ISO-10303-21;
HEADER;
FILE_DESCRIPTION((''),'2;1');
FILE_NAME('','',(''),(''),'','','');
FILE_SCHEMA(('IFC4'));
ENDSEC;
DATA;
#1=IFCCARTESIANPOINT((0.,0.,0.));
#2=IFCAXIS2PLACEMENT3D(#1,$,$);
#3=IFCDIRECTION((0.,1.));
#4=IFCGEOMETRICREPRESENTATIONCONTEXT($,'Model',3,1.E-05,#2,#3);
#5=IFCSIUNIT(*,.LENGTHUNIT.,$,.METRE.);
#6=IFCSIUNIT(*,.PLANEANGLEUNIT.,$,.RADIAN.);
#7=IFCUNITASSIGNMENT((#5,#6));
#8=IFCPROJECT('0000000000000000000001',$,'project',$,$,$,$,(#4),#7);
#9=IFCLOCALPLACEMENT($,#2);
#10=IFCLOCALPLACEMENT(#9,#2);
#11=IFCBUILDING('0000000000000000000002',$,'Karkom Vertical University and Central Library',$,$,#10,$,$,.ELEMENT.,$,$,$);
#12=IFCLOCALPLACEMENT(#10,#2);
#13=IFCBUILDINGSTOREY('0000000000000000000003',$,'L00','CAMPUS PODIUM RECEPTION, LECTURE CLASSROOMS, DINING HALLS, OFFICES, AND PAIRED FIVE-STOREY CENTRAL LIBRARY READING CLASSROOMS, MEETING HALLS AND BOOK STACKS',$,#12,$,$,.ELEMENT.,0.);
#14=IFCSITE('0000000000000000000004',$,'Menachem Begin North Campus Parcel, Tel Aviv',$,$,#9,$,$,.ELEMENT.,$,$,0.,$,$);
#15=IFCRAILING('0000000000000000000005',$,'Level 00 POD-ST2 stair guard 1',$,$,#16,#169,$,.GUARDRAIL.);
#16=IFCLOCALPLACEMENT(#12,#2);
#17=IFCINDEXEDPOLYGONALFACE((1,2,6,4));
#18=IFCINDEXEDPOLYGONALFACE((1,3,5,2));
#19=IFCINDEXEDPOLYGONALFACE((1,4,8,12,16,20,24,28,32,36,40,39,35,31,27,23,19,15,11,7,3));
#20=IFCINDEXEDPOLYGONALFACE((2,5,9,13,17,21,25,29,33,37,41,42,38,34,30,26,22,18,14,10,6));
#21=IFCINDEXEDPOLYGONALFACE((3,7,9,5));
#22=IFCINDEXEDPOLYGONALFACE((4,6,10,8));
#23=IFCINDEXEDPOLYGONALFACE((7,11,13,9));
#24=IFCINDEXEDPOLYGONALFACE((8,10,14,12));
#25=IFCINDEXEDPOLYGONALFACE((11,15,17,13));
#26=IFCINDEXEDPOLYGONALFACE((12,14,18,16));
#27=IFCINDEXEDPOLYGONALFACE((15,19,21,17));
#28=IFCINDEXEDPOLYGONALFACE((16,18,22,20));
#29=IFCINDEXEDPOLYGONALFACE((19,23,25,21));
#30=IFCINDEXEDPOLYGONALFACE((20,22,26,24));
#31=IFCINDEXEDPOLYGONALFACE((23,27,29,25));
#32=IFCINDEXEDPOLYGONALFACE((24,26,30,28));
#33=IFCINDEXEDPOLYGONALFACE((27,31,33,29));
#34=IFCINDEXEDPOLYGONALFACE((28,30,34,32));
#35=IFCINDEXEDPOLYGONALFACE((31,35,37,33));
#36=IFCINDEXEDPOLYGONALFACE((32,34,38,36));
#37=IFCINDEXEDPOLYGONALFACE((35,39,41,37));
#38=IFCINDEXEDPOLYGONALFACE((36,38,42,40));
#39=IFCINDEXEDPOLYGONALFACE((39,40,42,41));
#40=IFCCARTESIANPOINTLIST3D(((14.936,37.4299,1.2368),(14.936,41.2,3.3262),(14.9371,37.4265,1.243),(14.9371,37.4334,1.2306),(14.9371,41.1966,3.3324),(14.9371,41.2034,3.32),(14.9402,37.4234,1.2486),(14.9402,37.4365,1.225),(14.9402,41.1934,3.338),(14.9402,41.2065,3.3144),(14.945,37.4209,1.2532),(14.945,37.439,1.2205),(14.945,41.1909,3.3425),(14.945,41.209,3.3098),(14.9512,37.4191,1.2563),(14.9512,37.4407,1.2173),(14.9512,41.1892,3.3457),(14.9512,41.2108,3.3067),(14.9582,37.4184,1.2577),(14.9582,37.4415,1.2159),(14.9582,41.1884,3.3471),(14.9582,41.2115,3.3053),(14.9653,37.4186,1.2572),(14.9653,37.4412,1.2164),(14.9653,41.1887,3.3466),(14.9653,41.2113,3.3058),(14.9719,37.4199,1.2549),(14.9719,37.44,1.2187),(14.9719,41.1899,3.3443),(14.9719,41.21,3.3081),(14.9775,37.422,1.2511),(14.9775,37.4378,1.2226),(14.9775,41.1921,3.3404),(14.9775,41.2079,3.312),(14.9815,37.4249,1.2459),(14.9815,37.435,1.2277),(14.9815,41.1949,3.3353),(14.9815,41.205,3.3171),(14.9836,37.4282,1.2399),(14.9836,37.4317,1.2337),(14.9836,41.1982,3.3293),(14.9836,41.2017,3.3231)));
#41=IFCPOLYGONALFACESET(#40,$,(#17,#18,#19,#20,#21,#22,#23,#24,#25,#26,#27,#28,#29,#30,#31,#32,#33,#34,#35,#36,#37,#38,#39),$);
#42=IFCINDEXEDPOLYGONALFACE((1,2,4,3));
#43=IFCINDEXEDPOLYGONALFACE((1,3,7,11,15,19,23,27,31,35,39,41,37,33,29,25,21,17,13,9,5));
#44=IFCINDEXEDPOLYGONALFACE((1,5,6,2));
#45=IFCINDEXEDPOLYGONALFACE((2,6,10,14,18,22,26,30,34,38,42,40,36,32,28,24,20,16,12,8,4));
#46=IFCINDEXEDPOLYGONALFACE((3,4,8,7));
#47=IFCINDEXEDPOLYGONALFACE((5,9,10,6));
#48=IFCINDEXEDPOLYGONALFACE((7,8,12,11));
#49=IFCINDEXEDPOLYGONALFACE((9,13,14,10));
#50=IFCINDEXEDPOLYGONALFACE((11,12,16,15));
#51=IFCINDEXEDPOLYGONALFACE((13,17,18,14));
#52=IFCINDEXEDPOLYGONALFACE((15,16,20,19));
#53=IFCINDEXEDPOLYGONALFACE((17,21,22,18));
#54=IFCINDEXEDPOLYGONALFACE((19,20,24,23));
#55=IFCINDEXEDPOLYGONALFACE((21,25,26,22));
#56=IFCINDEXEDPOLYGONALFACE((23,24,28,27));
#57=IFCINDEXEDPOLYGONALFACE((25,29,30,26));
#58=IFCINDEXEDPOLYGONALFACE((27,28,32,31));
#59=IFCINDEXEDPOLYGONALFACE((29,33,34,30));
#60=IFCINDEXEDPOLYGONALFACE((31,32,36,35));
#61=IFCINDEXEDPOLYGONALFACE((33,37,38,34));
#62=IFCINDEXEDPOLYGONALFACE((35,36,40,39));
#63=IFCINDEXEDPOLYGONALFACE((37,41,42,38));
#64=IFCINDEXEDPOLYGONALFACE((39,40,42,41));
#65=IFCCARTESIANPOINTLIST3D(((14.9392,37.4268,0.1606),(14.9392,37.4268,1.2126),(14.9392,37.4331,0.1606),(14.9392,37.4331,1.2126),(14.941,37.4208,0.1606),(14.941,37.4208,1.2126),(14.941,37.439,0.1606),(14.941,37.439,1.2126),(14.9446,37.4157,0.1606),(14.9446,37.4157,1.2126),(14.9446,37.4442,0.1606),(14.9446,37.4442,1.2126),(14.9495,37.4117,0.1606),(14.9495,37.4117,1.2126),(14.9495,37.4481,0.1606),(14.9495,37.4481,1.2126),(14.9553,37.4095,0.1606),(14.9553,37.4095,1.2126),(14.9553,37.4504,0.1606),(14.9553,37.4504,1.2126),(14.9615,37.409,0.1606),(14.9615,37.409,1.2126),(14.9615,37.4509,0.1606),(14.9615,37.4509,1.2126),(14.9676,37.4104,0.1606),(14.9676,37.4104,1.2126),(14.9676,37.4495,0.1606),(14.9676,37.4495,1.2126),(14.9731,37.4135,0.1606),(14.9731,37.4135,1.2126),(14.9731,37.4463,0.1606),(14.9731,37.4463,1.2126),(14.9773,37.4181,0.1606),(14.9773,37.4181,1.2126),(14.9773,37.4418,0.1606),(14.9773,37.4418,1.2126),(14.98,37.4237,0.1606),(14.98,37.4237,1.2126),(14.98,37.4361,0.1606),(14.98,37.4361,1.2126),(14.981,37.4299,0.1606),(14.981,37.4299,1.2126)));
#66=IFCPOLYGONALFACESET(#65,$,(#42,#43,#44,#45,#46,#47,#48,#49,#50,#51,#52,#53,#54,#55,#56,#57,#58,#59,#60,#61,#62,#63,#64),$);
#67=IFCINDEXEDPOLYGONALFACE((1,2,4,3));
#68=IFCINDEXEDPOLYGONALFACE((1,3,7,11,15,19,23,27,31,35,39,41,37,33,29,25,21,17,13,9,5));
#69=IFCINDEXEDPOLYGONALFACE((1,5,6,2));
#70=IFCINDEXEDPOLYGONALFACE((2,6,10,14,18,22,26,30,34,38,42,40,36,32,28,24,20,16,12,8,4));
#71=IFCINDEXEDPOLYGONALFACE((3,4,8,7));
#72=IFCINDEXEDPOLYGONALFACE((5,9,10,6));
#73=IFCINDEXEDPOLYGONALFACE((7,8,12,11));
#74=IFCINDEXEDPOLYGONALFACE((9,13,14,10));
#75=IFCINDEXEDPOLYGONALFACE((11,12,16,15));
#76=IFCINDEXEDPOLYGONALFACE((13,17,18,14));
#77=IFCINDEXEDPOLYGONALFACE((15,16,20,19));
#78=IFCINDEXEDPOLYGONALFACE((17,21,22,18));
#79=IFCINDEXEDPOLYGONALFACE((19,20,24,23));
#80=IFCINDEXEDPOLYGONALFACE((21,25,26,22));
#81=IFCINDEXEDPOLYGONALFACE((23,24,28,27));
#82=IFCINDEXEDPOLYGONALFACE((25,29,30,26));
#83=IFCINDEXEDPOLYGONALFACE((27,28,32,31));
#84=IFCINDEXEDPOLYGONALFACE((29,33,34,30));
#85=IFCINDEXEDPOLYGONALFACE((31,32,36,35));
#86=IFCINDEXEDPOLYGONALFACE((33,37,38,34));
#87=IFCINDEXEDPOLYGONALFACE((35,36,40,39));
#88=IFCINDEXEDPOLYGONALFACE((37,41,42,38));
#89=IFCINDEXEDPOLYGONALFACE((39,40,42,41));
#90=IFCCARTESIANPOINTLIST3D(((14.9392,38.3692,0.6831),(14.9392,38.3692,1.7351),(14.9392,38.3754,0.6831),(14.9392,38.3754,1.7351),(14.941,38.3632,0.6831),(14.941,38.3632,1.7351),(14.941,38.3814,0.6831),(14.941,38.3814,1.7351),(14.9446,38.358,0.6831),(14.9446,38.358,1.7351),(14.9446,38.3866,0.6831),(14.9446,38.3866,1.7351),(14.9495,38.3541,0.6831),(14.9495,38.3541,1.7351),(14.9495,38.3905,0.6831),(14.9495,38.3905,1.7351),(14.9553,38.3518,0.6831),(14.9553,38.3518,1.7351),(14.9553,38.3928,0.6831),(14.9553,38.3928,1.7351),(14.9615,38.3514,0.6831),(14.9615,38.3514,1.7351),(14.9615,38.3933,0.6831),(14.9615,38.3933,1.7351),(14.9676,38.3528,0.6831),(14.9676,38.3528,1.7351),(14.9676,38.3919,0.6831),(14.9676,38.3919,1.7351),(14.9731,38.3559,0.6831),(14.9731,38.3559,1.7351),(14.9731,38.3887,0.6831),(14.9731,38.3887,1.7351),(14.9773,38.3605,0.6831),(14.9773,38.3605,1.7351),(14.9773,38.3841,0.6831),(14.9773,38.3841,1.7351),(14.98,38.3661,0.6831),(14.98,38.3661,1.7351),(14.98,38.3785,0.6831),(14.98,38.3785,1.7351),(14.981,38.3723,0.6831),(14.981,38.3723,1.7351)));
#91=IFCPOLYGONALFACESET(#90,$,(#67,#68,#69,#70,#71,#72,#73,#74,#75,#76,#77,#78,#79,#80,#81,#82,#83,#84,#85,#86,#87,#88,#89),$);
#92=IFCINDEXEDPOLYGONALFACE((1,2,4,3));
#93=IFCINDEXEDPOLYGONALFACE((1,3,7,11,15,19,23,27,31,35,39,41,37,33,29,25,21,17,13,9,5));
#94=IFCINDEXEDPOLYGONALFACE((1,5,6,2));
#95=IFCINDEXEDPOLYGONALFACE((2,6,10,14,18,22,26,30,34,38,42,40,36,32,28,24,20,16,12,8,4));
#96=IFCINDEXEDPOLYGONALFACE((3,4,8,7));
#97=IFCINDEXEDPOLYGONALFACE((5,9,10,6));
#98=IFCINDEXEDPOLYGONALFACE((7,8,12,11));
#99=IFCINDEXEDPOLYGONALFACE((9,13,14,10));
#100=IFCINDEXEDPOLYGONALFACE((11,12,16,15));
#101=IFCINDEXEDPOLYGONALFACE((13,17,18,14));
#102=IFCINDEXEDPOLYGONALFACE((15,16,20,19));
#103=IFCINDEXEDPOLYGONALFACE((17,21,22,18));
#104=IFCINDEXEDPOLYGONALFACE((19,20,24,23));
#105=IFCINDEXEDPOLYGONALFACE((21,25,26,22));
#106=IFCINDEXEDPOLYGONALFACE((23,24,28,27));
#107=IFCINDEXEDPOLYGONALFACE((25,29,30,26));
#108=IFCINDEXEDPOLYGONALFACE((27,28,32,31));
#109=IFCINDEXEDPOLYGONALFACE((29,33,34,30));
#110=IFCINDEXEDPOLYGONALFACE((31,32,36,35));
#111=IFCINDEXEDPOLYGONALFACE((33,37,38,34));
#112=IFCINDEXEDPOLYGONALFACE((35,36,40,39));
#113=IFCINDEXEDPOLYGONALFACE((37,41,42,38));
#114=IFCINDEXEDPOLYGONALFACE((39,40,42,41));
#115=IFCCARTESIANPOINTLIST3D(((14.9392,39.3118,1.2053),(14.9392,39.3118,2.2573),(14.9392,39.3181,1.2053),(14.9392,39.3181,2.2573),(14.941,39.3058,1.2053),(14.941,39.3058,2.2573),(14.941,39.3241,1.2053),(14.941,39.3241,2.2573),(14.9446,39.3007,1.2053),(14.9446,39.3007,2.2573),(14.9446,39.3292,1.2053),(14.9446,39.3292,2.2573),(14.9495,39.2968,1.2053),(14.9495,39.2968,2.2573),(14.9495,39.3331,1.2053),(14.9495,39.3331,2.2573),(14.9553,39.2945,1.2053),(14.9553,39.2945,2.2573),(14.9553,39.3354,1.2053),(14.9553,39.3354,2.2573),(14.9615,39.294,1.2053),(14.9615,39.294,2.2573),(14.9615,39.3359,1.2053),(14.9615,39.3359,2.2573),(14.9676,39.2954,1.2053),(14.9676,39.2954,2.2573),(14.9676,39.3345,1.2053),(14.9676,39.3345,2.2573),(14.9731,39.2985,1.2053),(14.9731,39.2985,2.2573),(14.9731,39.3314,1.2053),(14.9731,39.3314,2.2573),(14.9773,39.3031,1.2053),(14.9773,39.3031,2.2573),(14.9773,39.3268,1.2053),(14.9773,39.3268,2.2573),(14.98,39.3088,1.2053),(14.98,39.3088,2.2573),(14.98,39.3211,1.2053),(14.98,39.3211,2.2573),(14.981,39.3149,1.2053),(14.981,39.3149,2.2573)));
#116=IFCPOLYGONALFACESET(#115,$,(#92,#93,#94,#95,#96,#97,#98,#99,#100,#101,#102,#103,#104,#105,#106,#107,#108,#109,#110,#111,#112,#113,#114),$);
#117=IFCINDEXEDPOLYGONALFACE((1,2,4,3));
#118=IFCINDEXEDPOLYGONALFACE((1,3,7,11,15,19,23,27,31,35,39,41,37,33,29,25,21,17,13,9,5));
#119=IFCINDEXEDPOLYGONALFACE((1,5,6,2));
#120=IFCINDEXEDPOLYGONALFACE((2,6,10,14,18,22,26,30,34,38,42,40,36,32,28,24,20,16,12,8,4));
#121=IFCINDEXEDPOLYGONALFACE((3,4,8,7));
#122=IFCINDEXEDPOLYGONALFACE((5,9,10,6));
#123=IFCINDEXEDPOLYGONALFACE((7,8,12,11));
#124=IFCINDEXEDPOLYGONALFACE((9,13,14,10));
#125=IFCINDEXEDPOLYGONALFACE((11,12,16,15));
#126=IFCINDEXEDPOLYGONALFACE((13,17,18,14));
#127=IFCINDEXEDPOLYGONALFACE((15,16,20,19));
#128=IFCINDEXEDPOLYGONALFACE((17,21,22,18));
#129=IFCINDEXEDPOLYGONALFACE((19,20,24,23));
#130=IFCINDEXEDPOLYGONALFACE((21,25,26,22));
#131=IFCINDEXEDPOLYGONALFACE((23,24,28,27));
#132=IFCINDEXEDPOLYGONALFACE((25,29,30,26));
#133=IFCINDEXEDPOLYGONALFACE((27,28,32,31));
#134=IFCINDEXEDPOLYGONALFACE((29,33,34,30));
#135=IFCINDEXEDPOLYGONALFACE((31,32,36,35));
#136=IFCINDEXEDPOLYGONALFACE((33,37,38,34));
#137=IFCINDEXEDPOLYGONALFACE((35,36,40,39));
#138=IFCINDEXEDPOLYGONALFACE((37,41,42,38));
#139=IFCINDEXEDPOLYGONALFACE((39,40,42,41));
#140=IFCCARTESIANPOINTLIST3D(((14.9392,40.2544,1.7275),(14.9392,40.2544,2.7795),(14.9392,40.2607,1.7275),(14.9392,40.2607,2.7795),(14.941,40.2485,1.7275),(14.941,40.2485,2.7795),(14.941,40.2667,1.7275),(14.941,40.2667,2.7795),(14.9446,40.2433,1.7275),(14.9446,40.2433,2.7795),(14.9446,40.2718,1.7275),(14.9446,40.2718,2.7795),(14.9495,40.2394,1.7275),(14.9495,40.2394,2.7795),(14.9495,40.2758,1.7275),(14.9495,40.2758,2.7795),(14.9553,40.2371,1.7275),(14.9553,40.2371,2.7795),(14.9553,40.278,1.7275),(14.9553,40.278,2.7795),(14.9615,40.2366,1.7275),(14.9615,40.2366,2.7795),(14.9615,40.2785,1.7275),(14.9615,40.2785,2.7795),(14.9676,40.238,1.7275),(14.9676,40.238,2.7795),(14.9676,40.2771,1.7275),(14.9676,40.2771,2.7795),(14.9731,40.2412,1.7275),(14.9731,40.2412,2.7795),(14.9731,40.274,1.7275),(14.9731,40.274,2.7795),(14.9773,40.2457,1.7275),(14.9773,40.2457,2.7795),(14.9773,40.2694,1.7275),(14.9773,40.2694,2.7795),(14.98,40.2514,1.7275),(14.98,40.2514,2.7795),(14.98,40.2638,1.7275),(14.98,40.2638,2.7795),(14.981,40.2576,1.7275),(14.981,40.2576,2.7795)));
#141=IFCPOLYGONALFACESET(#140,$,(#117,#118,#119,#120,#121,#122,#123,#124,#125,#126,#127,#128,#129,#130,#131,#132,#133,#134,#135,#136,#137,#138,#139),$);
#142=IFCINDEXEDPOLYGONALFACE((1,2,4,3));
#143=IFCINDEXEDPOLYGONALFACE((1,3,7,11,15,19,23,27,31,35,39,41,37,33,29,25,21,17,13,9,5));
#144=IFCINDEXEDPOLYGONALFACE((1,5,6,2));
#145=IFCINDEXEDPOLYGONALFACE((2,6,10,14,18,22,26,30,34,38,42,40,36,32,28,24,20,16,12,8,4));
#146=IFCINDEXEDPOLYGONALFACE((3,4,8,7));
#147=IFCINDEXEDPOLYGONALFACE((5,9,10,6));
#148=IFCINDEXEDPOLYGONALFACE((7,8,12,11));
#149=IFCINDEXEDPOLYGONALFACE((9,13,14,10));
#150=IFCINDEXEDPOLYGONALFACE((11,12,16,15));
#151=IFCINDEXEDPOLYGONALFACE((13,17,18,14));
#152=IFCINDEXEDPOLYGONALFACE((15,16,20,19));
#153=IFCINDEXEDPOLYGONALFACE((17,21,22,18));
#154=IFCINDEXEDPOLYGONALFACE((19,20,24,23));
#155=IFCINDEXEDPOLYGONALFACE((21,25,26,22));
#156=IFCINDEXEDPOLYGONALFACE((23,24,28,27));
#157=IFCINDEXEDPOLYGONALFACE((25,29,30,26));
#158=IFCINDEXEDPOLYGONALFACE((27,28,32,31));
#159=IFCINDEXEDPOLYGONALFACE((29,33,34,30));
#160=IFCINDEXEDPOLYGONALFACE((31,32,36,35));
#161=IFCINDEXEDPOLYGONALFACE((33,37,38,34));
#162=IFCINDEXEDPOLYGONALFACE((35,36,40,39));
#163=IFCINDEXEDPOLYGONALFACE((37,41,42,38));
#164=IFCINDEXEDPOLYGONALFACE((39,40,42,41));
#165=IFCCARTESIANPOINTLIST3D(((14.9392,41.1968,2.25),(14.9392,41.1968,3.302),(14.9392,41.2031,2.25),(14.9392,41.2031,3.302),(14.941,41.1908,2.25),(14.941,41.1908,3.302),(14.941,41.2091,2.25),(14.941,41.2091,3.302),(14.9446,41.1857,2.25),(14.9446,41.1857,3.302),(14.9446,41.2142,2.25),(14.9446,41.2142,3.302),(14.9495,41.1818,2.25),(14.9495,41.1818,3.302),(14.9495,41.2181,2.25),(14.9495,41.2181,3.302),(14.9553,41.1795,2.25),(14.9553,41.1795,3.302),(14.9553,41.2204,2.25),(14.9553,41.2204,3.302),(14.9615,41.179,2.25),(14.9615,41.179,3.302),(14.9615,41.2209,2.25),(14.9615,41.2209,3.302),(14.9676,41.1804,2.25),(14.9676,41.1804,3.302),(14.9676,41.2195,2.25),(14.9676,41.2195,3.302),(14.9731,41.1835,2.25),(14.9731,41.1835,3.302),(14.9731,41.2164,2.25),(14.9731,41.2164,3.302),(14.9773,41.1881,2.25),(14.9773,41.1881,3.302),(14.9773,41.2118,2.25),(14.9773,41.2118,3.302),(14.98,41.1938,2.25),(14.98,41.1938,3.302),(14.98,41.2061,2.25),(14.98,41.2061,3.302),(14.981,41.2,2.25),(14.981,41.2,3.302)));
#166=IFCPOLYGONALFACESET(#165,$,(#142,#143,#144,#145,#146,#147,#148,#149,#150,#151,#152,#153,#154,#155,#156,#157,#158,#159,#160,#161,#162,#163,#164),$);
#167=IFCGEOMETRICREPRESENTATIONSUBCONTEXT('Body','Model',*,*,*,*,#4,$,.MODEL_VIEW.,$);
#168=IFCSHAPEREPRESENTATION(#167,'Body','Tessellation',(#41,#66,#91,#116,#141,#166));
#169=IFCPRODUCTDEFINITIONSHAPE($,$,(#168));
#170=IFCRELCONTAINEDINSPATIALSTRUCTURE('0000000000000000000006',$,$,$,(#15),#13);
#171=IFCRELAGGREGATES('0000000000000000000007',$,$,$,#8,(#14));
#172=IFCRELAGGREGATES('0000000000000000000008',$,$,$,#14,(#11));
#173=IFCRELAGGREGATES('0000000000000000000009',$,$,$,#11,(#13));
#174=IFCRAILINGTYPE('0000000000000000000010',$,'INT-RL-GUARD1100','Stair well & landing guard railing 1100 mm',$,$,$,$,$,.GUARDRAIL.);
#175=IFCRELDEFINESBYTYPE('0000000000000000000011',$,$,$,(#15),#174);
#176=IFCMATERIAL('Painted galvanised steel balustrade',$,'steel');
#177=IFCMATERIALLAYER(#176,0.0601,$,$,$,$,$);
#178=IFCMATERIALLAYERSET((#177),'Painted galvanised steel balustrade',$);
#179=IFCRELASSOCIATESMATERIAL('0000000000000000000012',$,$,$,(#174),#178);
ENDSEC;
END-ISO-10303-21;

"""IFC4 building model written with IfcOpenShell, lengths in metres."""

from ifc_helpers import new_model, si_unit, direction, frame, origin, origin_2d, place, context, subcontext, project, spatial, circle, extrude, material, layer, layer_set, type_object, element, save


model = new_model("IFC4")

# Units and contexts
model_context = context("Model", 3, precision=1e-05, world=origin(), true_north=direction((0.0, 1.0)))
body_context = subcontext(model_context, "Body", "Model", "MODEL_VIEW")
ifc_project = project(units=[si_unit("LENGTHUNIT", "METRE"), si_unit("PLANEANGLEUNIT", "RADIAN")], contexts=[model_context])

# Site, building, storey
site_placement = place(None, origin())
site = spatial("IfcSite", under=ifc_project, at=site_placement, Name="Menachem Begin North Campus Parcel, Tel Aviv", CompositionType="ELEMENT", RefElevation=0.0)
building_placement = place(site_placement, origin())
building = spatial("IfcBuilding", under=site, at=building_placement, Name="Karkom Vertical University and Central Library", CompositionType="ELEMENT")
storey_placement = place(building_placement, origin())
storey = spatial("IfcBuildingStorey", under=building, at=storey_placement, Name="L00", Description="CAMPUS PODIUM RECEPTION, LECTURE CLASSROOMS, DINING HALLS, OFFICES, AND PAIRED FIVE-STOREY CENTRAL LIBRARY READING CLASSROOMS, MEETING HALLS AND BOOK STACKS", CompositionType="ELEMENT", Elevation=0.0)

# Railing
ifc_material_1 = material(Name="Painted galvanised steel balustrade", Category="steel")
ifc_layer_1 = layer(ifc_material_1, 0.0601)
ifc_layer_set_1 = layer_set([ifc_layer_1], Name="Painted galvanised steel balustrade")
railing_type_1 = type_object("IfcRailingType", Name="INT-RL-GUARD1100", Description="Stair well & landing guard railing 1100 mm", PredefinedType="GUARDRAIL", material=ifc_layer_set_1)
railing_1_placement = place(storey_placement, frame((14.96, 37.4299, 0.1606)))
element("IfcRailing", 1, at=railing_1_placement, inside=storey, type_object=railing_type_1, Name="Level 00 POD-ST2 stair guard 1", PredefinedType="GUARDRAIL", context=body_context, shape_type="SweptSolid", body=[
    extrude(circle(Radius=0.0239, at=origin_2d()), frame((0.0, 0.0, 1.0762), z_axis=(0.0, 0.874659, 0.484739), x_axis=(-1.0, 0.0, 0.0)), (0.0, 0.0, 1.0), 4.3103),
    extrude(circle(Radius=0.021, at=origin_2d()), origin(), (0.0, 0.0, 1.0), 1.052),
    extrude(circle(Radius=0.021, at=origin_2d()), frame((0.0, 0.9424, 0.5225)), (0.0, 0.0, 1.0), 1.052),
    extrude(circle(Radius=0.021, at=origin_2d()), frame((0.0, 1.885, 1.0447)), (0.0, 0.0, 1.0), 1.052),
    extrude(circle(Radius=0.021, at=origin_2d()), frame((0.0, 2.8276, 1.5669)), (0.0, 0.0, 1.0), 1.052),
    extrude(circle(Radius=0.021, at=origin_2d()), frame((0.0, 3.77, 2.0894)), (0.0, 0.0, 1.0), 1.052),
])

save(model, "model.ifc")
